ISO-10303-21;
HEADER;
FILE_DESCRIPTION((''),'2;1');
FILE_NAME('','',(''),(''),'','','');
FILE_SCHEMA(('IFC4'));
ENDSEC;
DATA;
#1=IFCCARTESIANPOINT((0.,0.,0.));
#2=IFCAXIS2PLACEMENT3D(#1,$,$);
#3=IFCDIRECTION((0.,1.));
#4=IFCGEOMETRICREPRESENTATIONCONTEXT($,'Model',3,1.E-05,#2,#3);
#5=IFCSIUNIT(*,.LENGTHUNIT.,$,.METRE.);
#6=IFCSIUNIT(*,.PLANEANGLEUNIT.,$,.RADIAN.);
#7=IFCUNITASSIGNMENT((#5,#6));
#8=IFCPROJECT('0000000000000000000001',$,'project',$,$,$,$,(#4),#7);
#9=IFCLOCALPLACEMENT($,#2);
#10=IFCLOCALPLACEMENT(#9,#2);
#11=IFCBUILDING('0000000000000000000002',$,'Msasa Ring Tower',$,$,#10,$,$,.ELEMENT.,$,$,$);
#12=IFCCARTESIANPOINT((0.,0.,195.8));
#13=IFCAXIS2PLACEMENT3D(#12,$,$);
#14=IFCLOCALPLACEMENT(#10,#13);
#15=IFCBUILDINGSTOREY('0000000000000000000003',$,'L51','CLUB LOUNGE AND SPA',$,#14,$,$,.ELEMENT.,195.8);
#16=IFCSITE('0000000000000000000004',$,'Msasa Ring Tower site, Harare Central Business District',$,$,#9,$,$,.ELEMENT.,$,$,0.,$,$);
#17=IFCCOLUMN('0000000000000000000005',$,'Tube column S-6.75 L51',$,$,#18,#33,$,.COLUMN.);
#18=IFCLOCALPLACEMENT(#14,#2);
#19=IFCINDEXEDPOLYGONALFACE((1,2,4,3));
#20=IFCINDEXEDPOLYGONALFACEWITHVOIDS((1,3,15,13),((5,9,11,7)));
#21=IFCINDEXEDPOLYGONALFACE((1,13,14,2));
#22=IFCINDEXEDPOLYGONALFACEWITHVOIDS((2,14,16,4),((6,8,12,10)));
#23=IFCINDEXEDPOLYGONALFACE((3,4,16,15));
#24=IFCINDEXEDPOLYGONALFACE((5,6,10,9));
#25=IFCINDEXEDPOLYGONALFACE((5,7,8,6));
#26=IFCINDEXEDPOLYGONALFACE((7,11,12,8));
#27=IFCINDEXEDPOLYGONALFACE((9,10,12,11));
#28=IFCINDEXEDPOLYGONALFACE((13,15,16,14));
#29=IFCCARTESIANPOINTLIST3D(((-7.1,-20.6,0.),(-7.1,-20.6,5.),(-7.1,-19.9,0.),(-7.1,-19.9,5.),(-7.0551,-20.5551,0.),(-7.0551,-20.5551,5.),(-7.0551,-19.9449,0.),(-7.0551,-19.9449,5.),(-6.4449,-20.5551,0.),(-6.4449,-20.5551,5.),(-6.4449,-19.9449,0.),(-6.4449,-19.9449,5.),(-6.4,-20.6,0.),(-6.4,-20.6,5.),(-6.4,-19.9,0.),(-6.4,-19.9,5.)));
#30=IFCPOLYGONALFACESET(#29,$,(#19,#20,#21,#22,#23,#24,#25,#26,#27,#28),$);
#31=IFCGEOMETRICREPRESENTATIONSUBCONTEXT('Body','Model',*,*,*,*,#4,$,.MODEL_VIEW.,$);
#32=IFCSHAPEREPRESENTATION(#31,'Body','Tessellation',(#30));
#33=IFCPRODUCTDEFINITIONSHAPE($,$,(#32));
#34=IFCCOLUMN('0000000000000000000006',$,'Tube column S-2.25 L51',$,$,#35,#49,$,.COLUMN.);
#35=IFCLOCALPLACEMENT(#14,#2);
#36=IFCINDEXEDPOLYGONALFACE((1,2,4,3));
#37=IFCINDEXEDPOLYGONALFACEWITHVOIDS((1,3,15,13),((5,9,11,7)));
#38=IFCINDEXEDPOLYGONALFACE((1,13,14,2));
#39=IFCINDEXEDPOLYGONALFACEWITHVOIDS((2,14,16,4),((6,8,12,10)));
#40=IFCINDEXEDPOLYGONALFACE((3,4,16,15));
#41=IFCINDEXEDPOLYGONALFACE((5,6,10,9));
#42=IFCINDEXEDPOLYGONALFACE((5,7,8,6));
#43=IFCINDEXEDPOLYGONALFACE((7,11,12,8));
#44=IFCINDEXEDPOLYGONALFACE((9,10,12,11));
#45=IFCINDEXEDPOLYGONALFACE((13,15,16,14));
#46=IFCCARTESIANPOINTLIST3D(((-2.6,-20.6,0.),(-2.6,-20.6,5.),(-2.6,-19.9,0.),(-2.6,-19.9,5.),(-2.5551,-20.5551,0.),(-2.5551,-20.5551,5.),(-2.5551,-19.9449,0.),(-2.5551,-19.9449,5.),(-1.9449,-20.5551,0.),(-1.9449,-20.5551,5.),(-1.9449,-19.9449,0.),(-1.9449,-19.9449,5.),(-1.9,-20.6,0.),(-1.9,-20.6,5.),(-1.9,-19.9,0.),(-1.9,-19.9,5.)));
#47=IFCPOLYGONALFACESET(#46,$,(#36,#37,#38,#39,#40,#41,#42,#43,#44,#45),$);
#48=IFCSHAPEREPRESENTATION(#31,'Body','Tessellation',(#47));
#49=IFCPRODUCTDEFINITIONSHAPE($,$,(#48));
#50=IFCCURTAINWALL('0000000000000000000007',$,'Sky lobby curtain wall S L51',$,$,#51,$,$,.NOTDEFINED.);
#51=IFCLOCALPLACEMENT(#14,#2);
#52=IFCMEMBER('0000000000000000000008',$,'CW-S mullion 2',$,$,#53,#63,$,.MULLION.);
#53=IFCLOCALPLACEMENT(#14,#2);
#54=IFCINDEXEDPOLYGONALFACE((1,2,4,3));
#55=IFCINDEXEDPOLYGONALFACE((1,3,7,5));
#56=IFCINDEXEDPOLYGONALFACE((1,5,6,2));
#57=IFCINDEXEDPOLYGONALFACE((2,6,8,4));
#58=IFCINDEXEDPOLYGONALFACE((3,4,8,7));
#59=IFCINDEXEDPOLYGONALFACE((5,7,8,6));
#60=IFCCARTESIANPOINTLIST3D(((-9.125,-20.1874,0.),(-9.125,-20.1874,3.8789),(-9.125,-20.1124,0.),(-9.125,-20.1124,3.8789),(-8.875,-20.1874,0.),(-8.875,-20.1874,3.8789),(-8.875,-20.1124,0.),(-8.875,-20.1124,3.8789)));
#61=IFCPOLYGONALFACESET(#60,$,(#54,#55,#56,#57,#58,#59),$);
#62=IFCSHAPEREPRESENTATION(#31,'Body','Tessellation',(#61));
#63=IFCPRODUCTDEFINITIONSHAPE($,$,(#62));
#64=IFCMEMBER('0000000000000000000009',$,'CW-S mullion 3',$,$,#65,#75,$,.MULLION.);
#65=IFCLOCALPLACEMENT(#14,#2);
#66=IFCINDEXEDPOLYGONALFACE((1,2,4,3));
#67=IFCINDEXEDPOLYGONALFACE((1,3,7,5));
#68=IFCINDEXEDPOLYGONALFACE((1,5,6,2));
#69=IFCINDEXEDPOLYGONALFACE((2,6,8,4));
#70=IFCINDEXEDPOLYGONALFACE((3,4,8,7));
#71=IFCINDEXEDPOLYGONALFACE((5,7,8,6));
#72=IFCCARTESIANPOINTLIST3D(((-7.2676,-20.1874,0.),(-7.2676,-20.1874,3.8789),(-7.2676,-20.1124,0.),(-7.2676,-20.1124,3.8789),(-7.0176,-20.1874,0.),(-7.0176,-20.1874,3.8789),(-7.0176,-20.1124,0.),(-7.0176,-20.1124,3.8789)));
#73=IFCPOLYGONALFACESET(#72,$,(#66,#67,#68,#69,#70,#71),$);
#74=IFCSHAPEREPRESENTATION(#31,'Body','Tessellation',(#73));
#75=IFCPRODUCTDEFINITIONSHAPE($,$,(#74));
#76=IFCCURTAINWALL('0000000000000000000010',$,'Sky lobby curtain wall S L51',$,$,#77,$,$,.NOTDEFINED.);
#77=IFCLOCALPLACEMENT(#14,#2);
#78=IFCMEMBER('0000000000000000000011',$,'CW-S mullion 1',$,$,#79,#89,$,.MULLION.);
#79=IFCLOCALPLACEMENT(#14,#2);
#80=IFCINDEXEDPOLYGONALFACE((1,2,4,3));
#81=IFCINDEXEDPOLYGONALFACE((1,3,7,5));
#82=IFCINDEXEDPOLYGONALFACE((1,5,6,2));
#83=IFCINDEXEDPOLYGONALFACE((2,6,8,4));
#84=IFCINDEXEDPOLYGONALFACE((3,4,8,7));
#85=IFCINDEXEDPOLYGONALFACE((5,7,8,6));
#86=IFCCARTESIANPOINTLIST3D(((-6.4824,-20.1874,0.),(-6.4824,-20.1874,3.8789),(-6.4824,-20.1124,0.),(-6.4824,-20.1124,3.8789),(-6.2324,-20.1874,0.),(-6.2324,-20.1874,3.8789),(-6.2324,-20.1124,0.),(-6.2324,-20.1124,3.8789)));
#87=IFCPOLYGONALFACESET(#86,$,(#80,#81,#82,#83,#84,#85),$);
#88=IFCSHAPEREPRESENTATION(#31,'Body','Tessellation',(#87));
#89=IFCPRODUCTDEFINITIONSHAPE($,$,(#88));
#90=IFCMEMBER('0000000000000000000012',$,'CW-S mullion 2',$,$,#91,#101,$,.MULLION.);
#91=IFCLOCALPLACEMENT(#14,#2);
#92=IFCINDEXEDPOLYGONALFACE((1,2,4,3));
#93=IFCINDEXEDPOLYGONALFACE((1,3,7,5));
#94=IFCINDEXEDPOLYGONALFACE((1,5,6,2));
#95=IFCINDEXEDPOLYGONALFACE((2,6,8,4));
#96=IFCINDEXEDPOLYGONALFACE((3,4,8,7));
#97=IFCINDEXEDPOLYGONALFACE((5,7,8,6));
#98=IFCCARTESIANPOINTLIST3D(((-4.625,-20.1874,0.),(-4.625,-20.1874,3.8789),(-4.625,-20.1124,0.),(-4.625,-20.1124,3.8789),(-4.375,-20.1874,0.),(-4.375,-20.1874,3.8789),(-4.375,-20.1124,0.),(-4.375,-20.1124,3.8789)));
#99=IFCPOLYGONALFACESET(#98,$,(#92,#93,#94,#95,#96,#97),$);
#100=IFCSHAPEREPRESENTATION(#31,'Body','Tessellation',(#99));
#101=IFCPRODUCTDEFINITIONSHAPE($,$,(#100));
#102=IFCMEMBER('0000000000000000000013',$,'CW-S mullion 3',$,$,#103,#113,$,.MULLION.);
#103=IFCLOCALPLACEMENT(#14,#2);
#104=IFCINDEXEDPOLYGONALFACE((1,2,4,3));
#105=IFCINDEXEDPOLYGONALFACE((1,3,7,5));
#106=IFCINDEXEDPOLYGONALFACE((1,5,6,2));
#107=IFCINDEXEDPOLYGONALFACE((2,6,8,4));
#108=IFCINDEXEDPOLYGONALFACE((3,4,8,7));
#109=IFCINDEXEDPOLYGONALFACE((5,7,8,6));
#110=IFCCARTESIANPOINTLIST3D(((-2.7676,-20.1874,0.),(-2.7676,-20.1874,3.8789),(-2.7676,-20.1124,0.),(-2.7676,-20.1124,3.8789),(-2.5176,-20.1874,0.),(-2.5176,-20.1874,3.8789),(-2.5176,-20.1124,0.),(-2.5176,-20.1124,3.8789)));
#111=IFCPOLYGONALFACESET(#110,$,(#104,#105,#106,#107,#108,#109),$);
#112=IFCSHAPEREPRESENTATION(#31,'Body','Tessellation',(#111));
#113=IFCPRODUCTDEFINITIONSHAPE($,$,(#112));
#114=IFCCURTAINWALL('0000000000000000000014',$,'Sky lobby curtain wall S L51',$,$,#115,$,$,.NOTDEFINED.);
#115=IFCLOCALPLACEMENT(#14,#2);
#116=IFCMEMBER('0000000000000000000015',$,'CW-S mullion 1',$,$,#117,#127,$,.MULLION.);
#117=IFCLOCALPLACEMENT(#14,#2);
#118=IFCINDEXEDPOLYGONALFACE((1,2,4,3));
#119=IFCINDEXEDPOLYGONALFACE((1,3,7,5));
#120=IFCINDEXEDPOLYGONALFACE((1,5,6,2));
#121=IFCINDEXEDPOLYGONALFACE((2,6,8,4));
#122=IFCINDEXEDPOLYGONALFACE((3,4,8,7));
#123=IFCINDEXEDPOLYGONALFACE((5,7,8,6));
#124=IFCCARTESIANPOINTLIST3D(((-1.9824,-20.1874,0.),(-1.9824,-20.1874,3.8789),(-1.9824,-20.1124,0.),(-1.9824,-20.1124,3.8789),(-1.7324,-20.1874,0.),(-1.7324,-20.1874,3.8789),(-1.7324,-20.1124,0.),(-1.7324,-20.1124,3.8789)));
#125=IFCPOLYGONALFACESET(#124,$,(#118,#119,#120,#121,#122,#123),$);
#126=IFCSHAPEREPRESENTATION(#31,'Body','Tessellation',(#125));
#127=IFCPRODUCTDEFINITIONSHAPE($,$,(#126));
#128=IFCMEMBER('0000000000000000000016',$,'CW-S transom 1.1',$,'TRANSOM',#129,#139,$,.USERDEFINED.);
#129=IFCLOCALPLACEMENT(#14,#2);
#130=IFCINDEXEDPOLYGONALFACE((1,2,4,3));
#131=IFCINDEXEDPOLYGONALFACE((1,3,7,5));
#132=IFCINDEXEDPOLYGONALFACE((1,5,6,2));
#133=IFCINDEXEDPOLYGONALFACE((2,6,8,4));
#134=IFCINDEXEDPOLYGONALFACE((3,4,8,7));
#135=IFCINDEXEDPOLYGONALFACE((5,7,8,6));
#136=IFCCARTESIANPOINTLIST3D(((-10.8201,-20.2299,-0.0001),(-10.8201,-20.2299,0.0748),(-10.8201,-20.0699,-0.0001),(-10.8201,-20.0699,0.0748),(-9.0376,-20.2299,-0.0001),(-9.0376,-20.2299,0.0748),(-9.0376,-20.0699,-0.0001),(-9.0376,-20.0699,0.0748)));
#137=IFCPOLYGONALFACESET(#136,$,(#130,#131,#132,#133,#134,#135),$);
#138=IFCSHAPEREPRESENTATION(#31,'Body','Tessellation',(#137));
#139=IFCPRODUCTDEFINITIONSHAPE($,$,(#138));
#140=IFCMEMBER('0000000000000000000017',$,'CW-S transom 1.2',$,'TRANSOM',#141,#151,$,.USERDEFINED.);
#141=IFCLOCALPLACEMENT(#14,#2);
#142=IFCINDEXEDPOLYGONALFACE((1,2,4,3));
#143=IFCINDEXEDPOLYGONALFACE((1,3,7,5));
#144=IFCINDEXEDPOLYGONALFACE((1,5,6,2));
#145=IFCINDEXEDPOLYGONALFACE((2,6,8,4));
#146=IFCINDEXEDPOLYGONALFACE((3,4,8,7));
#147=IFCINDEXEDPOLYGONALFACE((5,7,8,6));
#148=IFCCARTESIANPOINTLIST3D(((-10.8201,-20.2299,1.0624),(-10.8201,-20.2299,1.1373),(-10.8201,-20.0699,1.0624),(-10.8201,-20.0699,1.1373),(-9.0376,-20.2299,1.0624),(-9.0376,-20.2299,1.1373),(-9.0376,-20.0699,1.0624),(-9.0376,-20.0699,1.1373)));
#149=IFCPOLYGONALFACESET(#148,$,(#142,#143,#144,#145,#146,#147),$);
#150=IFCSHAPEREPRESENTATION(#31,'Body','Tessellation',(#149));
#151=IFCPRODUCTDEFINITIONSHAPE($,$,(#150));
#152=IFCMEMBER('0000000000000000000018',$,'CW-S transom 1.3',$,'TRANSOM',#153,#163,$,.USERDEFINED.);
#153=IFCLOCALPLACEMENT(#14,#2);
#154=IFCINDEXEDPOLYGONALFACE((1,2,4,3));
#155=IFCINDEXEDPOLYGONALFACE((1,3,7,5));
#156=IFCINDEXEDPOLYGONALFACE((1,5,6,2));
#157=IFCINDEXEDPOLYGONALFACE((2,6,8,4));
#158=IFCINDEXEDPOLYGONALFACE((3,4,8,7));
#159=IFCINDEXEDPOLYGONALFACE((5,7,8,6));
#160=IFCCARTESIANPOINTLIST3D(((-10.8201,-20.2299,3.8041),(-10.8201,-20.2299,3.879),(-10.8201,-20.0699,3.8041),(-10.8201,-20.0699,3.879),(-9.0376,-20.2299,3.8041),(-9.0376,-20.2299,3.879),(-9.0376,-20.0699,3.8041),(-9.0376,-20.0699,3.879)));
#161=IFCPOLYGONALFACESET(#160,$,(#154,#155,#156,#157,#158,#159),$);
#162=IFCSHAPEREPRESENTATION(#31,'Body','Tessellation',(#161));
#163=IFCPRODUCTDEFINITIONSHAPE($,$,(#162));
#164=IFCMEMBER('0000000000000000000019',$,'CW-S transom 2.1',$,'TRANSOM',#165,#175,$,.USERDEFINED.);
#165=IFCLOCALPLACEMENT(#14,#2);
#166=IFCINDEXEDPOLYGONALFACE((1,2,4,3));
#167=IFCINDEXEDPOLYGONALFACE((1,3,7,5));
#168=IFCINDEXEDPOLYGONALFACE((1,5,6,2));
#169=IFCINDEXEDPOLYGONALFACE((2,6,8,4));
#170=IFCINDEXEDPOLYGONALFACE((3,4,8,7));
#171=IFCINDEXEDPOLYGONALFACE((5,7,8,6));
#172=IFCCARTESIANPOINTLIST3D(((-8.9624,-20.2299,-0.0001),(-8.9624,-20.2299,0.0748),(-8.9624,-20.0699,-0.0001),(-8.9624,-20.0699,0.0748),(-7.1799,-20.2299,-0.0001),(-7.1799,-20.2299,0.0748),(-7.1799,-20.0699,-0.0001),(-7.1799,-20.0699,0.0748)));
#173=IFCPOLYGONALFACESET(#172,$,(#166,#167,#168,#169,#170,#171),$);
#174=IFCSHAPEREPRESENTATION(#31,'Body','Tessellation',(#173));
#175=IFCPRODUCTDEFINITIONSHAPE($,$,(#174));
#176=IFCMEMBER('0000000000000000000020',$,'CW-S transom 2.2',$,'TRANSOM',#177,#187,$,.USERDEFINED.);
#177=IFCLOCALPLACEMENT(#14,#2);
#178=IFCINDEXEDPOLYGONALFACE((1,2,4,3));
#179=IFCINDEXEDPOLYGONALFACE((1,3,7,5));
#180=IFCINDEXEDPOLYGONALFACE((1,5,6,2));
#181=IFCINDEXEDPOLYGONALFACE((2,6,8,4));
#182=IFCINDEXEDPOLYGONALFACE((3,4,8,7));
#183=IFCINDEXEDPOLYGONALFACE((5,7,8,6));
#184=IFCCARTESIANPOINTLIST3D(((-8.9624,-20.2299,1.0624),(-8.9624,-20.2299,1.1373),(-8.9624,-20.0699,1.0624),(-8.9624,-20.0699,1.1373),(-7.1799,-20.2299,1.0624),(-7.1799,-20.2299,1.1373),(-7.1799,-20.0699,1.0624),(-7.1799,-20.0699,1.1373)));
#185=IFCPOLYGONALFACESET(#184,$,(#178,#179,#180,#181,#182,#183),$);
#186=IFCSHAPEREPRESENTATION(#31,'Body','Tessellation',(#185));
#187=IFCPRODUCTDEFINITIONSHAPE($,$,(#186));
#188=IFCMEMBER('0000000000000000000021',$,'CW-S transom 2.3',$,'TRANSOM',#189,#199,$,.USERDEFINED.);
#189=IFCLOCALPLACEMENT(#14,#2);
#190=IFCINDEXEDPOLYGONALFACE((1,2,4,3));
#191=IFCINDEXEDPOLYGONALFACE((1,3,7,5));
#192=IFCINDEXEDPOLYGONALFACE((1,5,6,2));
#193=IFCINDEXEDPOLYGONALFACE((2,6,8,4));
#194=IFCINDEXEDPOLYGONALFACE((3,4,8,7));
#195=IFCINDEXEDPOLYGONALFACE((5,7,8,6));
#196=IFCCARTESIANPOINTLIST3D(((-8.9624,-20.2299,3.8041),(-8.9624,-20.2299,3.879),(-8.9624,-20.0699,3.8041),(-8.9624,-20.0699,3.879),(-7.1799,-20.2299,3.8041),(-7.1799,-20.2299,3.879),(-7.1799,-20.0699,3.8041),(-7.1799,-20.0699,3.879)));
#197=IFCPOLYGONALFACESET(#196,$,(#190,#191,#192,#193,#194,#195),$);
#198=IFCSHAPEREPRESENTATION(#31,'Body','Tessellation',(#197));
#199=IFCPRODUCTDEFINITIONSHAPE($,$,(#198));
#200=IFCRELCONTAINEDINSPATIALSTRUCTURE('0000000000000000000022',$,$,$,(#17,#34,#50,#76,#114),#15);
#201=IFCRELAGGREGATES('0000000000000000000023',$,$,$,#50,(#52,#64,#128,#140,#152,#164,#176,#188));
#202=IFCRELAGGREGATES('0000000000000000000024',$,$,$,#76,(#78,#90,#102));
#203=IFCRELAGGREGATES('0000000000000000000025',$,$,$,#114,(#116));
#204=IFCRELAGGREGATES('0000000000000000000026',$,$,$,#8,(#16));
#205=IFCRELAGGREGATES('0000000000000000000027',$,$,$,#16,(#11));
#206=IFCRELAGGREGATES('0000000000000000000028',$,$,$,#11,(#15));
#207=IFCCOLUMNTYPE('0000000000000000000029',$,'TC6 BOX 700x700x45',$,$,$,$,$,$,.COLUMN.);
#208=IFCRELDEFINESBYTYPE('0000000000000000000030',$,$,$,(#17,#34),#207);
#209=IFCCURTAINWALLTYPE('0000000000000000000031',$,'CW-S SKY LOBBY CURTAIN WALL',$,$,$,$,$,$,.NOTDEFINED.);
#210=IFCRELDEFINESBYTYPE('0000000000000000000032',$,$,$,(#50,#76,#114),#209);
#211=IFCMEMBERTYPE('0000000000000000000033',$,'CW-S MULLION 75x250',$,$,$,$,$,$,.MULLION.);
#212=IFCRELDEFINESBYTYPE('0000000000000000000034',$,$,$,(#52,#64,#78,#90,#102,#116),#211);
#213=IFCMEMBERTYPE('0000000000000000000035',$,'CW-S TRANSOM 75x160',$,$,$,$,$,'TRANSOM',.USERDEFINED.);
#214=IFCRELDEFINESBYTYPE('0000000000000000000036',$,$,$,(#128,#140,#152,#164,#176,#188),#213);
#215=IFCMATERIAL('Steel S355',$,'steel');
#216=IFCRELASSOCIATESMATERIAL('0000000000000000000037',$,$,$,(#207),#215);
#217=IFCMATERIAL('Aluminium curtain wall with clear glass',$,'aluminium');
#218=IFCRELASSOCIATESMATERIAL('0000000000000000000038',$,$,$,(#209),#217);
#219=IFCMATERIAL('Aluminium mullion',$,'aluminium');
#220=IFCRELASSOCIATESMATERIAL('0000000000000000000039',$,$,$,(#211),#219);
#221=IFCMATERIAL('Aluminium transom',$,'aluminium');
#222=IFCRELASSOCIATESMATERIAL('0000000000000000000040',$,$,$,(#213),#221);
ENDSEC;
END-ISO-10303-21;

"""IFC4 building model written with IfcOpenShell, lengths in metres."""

from ifc_helpers import new_model, si_unit, direction, frame, origin, origin_2d, place, context, subcontext, project, spatial, rectangle, hollow_rectangle, extrude, material, material_profile, profile_set, type_object, element, aggregate, save


model = new_model("IFC4")

# Units and contexts
model_context = context("Model", 3, precision=1e-05, world=origin(), true_north=direction((0.0, 1.0)))
body_context = subcontext(model_context, "Body", "Model", "MODEL_VIEW")
ifc_project = project(units=[si_unit("LENGTHUNIT", "METRE"), si_unit("PLANEANGLEUNIT", "RADIAN")], contexts=[model_context])

# Site, building, storey
site_placement = place(None, origin())
site = spatial("IfcSite", under=ifc_project, at=site_placement, Name="Msasa Ring Tower site, Harare Central Business District", CompositionType="ELEMENT", RefElevation=0.0)
building_placement = place(site_placement, origin())
building = spatial("IfcBuilding", under=site, at=building_placement, Name="Msasa Ring Tower", CompositionType="ELEMENT")
storey_placement = place(building_placement, frame((0.0, 0.0, 195.8)))
storey = spatial("IfcBuildingStorey", under=building, at=storey_placement, Name="L51", Description="CLUB LOUNGE AND SPA", CompositionType="ELEMENT", Elevation=195.8)

# Columns
ifc_material_1 = material(Name="Steel S355", Category="steel")
ifc_material_profile_1 = material_profile(ifc_material_1, hollow_rectangle(XDim=0.7, YDim=0.7, WallThickness=0.0449, at=origin_2d()), Name="BOX 700x700x45")
ifc_profile_set_1 = profile_set([ifc_material_profile_1], Name="Steel S355")
column_type = type_object("IfcColumnType", Name="TC6 BOX 700x700x45", PredefinedType="COLUMN", material=ifc_profile_set_1)
for number, where, z_axis, x_axis, name in (
    (1, (-6.75, -20.25, 0.0), (0.0, 0.0, 1.0), (0.0, 1.0, 0.0), "Tube column S-6.75 L51"),
    (2, (-2.25, -20.25, 0.0), (0.0, 0.0, 1.0), (0.0, 1.0, 0.0), "Tube column S-2.25 L51"),
):
    element("IfcColumn", number, at=place(storey_placement, frame(where, z_axis=z_axis, x_axis=x_axis)), inside=storey, type_object=column_type, Name=name, PredefinedType="COLUMN", context=body_context, shape_type="SweptSolid", body=[
        extrude(hollow_rectangle(XDim=0.7, YDim=0.7, WallThickness=0.0449, at=origin_2d()), origin(), (0.0, 0.0, 1.0), 5.0),
    ])

# Curtain walls, members
ifc_material_2 = material(Name="Aluminium curtain wall with clear glass", Category="aluminium")
curtain_wall_type = type_object("IfcCurtainWallType", Name="CW-S SKY LOBBY CURTAIN WALL", PredefinedType="NOTDEFINED", material=ifc_material_2)
curtain_wall_1_placement = place(storey_placement, origin())
curtain_wall_1 = element("IfcCurtainWall", 3, at=curtain_wall_1_placement, inside=storey, type_object=curtain_wall_type, Name="Sky lobby curtain wall S L51", PredefinedType="NOTDEFINED")
ifc_material_3 = material(Name="Aluminium mullion", Category="aluminium")
ifc_material_profile_2 = material_profile(ifc_material_3, rectangle(XDim=0.075, YDim=0.25, at=origin_2d()), Name="AL 75x250")
ifc_profile_set_2 = profile_set([ifc_material_profile_2], Name="Aluminium mullion")
member_type_1 = type_object("IfcMemberType", Name="CW-S MULLION 75x250", PredefinedType="MULLION", material=ifc_profile_set_2)
member_1_placement = place(storey_placement, frame((-9.0, -20.1499, 0.0), z_axis=(0.0, 0.0, 1.0), x_axis=(0.0, 1.0, 0.0)))
member_1 = element("IfcMember", 4, at=member_1_placement, type_object=member_type_1, Name="CW-S mullion 2", PredefinedType="MULLION", context=body_context, shape_type="SweptSolid", body=[
    extrude(rectangle(XDim=0.075, YDim=0.25, at=origin_2d()), origin(), (0.0, 0.0, 1.0), 3.8789),
])
member_2_placement = place(storey_placement, frame((-7.1426, -20.1499, 0.0), z_axis=(0.0, 0.0, 1.0), x_axis=(0.0, 1.0, 0.0)))
member_2 = element("IfcMember", 5, at=member_2_placement, type_object=member_type_1, Name="CW-S mullion 3", PredefinedType="MULLION", context=body_context, shape_type="SweptSolid", body=[
    extrude(rectangle(XDim=0.075, YDim=0.25, at=origin_2d()), origin(), (0.0, 0.0, 1.0), 3.8789),
])
curtain_wall_2_placement = place(storey_placement, origin())
curtain_wall_2 = element("IfcCurtainWall", 6, at=curtain_wall_2_placement, inside=storey, type_object=curtain_wall_type, Name="Sky lobby curtain wall S L51", PredefinedType="NOTDEFINED")
member_3_placement = place(storey_placement, frame((-6.3574, -20.1499, 0.0), z_axis=(0.0, 0.0, 1.0), x_axis=(0.0, 1.0, 0.0)))
member_3 = element("IfcMember", 7, at=member_3_placement, type_object=member_type_1, Name="CW-S mullion 1", PredefinedType="MULLION", context=body_context, shape_type="SweptSolid", body=[
    extrude(rectangle(XDim=0.075, YDim=0.25, at=origin_2d()), origin(), (0.0, 0.0, 1.0), 3.8789),
])
member_4_placement = place(storey_placement, frame((-4.5, -20.1499, 0.0), z_axis=(0.0, 0.0, 1.0), x_axis=(0.0, 1.0, 0.0)))
member_4 = element("IfcMember", 8, at=member_4_placement, type_object=member_type_1, Name="CW-S mullion 2", PredefinedType="MULLION", context=body_context, shape_type="SweptSolid", body=[
    extrude(rectangle(XDim=0.075, YDim=0.25, at=origin_2d()), origin(), (0.0, 0.0, 1.0), 3.8789),
])
member_5_placement = place(storey_placement, frame((-2.6426, -20.1499, 0.0), z_axis=(0.0, 0.0, 1.0), x_axis=(0.0, 1.0, 0.0)))
member_5 = element("IfcMember", 9, at=member_5_placement, type_object=member_type_1, Name="CW-S mullion 3", PredefinedType="MULLION", context=body_context, shape_type="SweptSolid", body=[
    extrude(rectangle(XDim=0.075, YDim=0.25, at=origin_2d()), origin(), (0.0, 0.0, 1.0), 3.8789),
])

# Curtain wall, member
curtain_wall_3_placement = place(storey_placement, origin())
curtain_wall_3 = element("IfcCurtainWall", 10, at=curtain_wall_3_placement, inside=storey, type_object=curtain_wall_type, Name="Sky lobby curtain wall S L51", PredefinedType="NOTDEFINED")
member_6_placement = place(storey_placement, frame((-1.8574, -20.1499, 0.0), z_axis=(0.0, 0.0, 1.0), x_axis=(0.0, 1.0, 0.0)))
member_6 = element("IfcMember", 11, at=member_6_placement, type_object=member_type_1, Name="CW-S mullion 1", PredefinedType="MULLION", context=body_context, shape_type="SweptSolid", body=[
    extrude(rectangle(XDim=0.075, YDim=0.25, at=origin_2d()), origin(), (0.0, 0.0, 1.0), 3.8789),
])

# Members
ifc_material_4 = material(Name="Aluminium transom", Category="aluminium")
ifc_material_profile_3 = material_profile(ifc_material_4, rectangle(XDim=0.1599, YDim=0.075, at=origin_2d()), Name="AL 75x160")
ifc_profile_set_3 = profile_set([ifc_material_profile_3], Name="Aluminium transom")
member_type_2 = type_object("IfcMemberType", Name="CW-S TRANSOM 75x160", ElementType="TRANSOM", PredefinedType="USERDEFINED", material=ifc_profile_set_3)
member_7_placement = place(storey_placement, frame((-10.8201, -20.1499, 0.0374), z_axis=(1.0, 0.0, 0.0), x_axis=(0.0, 1.0, 0.0)))
member_7 = element("IfcMember", 12, at=member_7_placement, type_object=member_type_2, Name="CW-S transom 1.1", ObjectType="TRANSOM", PredefinedType="USERDEFINED", context=body_context, shape_type="SweptSolid", body=[
    extrude(rectangle(XDim=0.1599, YDim=0.075, at=origin_2d()), origin(), (0.0, 0.0, 1.0), 1.7825),
])
member_8_placement = place(storey_placement, frame((-10.8201, -20.1499, 1.0999), z_axis=(1.0, 0.0, 0.0), x_axis=(0.0, 1.0, 0.0)))
member_8 = element("IfcMember", 13, at=member_8_placement, type_object=member_type_2, Name="CW-S transom 1.2", ObjectType="TRANSOM", PredefinedType="USERDEFINED", context=body_context, shape_type="SweptSolid", body=[
    extrude(rectangle(XDim=0.1599, YDim=0.075, at=origin_2d()), origin(), (0.0, 0.0, 1.0), 1.7825),
])
member_9_placement = place(storey_placement, frame((-10.8201, -20.1499, 3.8416), z_axis=(1.0, 0.0, 0.0), x_axis=(0.0, 1.0, 0.0)))
member_9 = element("IfcMember", 14, at=member_9_placement, type_object=member_type_2, Name="CW-S transom 1.3", ObjectType="TRANSOM", PredefinedType="USERDEFINED", context=body_context, shape_type="SweptSolid", body=[
    extrude(rectangle(XDim=0.1599, YDim=0.075, at=origin_2d()), origin(), (0.0, 0.0, 1.0), 1.7825),
])
member_10_placement = place(storey_placement, frame((-8.9624, -20.1499, 0.0374), z_axis=(1.0, 0.0, 0.0), x_axis=(0.0, 1.0, 0.0)))
member_10 = element("IfcMember", 15, at=member_10_placement, type_object=member_type_2, Name="CW-S transom 2.1", ObjectType="TRANSOM", PredefinedType="USERDEFINED", context=body_context, shape_type="SweptSolid", body=[
    extrude(rectangle(XDim=0.1599, YDim=0.075, at=origin_2d()), origin(), (0.0, 0.0, 1.0), 1.7825),
])
member_11_placement = place(storey_placement, frame((-8.9624, -20.1499, 1.0999), z_axis=(1.0, 0.0, 0.0), x_axis=(0.0, 1.0, 0.0)))
member_11 = element("IfcMember", 16, at=member_11_placement, type_object=member_type_2, Name="CW-S transom 2.2", ObjectType="TRANSOM", PredefinedType="USERDEFINED", context=body_context, shape_type="SweptSolid", body=[
    extrude(rectangle(XDim=0.1599, YDim=0.075, at=origin_2d()), origin(), (0.0, 0.0, 1.0), 1.7825),
])
member_12_placement = place(storey_placement, frame((-8.9624, -20.1499, 3.8416), z_axis=(1.0, 0.0, 0.0), x_axis=(0.0, 1.0, 0.0)))
member_12 = element("IfcMember", 17, at=member_12_placement, type_object=member_type_2, Name="CW-S transom 2.3", ObjectType="TRANSOM", PredefinedType="USERDEFINED", context=body_context, shape_type="SweptSolid", body=[
    extrude(rectangle(XDim=0.1599, YDim=0.075, at=origin_2d()), origin(), (0.0, 0.0, 1.0), 1.7825),
])

aggregate(curtain_wall_1, [member_1, member_2, member_7, member_8, member_9, member_10, member_11, member_12])
aggregate(curtain_wall_2, [member_3, member_4, member_5])
aggregate(curtain_wall_3, [member_6])

save(model, "model.ifc")
